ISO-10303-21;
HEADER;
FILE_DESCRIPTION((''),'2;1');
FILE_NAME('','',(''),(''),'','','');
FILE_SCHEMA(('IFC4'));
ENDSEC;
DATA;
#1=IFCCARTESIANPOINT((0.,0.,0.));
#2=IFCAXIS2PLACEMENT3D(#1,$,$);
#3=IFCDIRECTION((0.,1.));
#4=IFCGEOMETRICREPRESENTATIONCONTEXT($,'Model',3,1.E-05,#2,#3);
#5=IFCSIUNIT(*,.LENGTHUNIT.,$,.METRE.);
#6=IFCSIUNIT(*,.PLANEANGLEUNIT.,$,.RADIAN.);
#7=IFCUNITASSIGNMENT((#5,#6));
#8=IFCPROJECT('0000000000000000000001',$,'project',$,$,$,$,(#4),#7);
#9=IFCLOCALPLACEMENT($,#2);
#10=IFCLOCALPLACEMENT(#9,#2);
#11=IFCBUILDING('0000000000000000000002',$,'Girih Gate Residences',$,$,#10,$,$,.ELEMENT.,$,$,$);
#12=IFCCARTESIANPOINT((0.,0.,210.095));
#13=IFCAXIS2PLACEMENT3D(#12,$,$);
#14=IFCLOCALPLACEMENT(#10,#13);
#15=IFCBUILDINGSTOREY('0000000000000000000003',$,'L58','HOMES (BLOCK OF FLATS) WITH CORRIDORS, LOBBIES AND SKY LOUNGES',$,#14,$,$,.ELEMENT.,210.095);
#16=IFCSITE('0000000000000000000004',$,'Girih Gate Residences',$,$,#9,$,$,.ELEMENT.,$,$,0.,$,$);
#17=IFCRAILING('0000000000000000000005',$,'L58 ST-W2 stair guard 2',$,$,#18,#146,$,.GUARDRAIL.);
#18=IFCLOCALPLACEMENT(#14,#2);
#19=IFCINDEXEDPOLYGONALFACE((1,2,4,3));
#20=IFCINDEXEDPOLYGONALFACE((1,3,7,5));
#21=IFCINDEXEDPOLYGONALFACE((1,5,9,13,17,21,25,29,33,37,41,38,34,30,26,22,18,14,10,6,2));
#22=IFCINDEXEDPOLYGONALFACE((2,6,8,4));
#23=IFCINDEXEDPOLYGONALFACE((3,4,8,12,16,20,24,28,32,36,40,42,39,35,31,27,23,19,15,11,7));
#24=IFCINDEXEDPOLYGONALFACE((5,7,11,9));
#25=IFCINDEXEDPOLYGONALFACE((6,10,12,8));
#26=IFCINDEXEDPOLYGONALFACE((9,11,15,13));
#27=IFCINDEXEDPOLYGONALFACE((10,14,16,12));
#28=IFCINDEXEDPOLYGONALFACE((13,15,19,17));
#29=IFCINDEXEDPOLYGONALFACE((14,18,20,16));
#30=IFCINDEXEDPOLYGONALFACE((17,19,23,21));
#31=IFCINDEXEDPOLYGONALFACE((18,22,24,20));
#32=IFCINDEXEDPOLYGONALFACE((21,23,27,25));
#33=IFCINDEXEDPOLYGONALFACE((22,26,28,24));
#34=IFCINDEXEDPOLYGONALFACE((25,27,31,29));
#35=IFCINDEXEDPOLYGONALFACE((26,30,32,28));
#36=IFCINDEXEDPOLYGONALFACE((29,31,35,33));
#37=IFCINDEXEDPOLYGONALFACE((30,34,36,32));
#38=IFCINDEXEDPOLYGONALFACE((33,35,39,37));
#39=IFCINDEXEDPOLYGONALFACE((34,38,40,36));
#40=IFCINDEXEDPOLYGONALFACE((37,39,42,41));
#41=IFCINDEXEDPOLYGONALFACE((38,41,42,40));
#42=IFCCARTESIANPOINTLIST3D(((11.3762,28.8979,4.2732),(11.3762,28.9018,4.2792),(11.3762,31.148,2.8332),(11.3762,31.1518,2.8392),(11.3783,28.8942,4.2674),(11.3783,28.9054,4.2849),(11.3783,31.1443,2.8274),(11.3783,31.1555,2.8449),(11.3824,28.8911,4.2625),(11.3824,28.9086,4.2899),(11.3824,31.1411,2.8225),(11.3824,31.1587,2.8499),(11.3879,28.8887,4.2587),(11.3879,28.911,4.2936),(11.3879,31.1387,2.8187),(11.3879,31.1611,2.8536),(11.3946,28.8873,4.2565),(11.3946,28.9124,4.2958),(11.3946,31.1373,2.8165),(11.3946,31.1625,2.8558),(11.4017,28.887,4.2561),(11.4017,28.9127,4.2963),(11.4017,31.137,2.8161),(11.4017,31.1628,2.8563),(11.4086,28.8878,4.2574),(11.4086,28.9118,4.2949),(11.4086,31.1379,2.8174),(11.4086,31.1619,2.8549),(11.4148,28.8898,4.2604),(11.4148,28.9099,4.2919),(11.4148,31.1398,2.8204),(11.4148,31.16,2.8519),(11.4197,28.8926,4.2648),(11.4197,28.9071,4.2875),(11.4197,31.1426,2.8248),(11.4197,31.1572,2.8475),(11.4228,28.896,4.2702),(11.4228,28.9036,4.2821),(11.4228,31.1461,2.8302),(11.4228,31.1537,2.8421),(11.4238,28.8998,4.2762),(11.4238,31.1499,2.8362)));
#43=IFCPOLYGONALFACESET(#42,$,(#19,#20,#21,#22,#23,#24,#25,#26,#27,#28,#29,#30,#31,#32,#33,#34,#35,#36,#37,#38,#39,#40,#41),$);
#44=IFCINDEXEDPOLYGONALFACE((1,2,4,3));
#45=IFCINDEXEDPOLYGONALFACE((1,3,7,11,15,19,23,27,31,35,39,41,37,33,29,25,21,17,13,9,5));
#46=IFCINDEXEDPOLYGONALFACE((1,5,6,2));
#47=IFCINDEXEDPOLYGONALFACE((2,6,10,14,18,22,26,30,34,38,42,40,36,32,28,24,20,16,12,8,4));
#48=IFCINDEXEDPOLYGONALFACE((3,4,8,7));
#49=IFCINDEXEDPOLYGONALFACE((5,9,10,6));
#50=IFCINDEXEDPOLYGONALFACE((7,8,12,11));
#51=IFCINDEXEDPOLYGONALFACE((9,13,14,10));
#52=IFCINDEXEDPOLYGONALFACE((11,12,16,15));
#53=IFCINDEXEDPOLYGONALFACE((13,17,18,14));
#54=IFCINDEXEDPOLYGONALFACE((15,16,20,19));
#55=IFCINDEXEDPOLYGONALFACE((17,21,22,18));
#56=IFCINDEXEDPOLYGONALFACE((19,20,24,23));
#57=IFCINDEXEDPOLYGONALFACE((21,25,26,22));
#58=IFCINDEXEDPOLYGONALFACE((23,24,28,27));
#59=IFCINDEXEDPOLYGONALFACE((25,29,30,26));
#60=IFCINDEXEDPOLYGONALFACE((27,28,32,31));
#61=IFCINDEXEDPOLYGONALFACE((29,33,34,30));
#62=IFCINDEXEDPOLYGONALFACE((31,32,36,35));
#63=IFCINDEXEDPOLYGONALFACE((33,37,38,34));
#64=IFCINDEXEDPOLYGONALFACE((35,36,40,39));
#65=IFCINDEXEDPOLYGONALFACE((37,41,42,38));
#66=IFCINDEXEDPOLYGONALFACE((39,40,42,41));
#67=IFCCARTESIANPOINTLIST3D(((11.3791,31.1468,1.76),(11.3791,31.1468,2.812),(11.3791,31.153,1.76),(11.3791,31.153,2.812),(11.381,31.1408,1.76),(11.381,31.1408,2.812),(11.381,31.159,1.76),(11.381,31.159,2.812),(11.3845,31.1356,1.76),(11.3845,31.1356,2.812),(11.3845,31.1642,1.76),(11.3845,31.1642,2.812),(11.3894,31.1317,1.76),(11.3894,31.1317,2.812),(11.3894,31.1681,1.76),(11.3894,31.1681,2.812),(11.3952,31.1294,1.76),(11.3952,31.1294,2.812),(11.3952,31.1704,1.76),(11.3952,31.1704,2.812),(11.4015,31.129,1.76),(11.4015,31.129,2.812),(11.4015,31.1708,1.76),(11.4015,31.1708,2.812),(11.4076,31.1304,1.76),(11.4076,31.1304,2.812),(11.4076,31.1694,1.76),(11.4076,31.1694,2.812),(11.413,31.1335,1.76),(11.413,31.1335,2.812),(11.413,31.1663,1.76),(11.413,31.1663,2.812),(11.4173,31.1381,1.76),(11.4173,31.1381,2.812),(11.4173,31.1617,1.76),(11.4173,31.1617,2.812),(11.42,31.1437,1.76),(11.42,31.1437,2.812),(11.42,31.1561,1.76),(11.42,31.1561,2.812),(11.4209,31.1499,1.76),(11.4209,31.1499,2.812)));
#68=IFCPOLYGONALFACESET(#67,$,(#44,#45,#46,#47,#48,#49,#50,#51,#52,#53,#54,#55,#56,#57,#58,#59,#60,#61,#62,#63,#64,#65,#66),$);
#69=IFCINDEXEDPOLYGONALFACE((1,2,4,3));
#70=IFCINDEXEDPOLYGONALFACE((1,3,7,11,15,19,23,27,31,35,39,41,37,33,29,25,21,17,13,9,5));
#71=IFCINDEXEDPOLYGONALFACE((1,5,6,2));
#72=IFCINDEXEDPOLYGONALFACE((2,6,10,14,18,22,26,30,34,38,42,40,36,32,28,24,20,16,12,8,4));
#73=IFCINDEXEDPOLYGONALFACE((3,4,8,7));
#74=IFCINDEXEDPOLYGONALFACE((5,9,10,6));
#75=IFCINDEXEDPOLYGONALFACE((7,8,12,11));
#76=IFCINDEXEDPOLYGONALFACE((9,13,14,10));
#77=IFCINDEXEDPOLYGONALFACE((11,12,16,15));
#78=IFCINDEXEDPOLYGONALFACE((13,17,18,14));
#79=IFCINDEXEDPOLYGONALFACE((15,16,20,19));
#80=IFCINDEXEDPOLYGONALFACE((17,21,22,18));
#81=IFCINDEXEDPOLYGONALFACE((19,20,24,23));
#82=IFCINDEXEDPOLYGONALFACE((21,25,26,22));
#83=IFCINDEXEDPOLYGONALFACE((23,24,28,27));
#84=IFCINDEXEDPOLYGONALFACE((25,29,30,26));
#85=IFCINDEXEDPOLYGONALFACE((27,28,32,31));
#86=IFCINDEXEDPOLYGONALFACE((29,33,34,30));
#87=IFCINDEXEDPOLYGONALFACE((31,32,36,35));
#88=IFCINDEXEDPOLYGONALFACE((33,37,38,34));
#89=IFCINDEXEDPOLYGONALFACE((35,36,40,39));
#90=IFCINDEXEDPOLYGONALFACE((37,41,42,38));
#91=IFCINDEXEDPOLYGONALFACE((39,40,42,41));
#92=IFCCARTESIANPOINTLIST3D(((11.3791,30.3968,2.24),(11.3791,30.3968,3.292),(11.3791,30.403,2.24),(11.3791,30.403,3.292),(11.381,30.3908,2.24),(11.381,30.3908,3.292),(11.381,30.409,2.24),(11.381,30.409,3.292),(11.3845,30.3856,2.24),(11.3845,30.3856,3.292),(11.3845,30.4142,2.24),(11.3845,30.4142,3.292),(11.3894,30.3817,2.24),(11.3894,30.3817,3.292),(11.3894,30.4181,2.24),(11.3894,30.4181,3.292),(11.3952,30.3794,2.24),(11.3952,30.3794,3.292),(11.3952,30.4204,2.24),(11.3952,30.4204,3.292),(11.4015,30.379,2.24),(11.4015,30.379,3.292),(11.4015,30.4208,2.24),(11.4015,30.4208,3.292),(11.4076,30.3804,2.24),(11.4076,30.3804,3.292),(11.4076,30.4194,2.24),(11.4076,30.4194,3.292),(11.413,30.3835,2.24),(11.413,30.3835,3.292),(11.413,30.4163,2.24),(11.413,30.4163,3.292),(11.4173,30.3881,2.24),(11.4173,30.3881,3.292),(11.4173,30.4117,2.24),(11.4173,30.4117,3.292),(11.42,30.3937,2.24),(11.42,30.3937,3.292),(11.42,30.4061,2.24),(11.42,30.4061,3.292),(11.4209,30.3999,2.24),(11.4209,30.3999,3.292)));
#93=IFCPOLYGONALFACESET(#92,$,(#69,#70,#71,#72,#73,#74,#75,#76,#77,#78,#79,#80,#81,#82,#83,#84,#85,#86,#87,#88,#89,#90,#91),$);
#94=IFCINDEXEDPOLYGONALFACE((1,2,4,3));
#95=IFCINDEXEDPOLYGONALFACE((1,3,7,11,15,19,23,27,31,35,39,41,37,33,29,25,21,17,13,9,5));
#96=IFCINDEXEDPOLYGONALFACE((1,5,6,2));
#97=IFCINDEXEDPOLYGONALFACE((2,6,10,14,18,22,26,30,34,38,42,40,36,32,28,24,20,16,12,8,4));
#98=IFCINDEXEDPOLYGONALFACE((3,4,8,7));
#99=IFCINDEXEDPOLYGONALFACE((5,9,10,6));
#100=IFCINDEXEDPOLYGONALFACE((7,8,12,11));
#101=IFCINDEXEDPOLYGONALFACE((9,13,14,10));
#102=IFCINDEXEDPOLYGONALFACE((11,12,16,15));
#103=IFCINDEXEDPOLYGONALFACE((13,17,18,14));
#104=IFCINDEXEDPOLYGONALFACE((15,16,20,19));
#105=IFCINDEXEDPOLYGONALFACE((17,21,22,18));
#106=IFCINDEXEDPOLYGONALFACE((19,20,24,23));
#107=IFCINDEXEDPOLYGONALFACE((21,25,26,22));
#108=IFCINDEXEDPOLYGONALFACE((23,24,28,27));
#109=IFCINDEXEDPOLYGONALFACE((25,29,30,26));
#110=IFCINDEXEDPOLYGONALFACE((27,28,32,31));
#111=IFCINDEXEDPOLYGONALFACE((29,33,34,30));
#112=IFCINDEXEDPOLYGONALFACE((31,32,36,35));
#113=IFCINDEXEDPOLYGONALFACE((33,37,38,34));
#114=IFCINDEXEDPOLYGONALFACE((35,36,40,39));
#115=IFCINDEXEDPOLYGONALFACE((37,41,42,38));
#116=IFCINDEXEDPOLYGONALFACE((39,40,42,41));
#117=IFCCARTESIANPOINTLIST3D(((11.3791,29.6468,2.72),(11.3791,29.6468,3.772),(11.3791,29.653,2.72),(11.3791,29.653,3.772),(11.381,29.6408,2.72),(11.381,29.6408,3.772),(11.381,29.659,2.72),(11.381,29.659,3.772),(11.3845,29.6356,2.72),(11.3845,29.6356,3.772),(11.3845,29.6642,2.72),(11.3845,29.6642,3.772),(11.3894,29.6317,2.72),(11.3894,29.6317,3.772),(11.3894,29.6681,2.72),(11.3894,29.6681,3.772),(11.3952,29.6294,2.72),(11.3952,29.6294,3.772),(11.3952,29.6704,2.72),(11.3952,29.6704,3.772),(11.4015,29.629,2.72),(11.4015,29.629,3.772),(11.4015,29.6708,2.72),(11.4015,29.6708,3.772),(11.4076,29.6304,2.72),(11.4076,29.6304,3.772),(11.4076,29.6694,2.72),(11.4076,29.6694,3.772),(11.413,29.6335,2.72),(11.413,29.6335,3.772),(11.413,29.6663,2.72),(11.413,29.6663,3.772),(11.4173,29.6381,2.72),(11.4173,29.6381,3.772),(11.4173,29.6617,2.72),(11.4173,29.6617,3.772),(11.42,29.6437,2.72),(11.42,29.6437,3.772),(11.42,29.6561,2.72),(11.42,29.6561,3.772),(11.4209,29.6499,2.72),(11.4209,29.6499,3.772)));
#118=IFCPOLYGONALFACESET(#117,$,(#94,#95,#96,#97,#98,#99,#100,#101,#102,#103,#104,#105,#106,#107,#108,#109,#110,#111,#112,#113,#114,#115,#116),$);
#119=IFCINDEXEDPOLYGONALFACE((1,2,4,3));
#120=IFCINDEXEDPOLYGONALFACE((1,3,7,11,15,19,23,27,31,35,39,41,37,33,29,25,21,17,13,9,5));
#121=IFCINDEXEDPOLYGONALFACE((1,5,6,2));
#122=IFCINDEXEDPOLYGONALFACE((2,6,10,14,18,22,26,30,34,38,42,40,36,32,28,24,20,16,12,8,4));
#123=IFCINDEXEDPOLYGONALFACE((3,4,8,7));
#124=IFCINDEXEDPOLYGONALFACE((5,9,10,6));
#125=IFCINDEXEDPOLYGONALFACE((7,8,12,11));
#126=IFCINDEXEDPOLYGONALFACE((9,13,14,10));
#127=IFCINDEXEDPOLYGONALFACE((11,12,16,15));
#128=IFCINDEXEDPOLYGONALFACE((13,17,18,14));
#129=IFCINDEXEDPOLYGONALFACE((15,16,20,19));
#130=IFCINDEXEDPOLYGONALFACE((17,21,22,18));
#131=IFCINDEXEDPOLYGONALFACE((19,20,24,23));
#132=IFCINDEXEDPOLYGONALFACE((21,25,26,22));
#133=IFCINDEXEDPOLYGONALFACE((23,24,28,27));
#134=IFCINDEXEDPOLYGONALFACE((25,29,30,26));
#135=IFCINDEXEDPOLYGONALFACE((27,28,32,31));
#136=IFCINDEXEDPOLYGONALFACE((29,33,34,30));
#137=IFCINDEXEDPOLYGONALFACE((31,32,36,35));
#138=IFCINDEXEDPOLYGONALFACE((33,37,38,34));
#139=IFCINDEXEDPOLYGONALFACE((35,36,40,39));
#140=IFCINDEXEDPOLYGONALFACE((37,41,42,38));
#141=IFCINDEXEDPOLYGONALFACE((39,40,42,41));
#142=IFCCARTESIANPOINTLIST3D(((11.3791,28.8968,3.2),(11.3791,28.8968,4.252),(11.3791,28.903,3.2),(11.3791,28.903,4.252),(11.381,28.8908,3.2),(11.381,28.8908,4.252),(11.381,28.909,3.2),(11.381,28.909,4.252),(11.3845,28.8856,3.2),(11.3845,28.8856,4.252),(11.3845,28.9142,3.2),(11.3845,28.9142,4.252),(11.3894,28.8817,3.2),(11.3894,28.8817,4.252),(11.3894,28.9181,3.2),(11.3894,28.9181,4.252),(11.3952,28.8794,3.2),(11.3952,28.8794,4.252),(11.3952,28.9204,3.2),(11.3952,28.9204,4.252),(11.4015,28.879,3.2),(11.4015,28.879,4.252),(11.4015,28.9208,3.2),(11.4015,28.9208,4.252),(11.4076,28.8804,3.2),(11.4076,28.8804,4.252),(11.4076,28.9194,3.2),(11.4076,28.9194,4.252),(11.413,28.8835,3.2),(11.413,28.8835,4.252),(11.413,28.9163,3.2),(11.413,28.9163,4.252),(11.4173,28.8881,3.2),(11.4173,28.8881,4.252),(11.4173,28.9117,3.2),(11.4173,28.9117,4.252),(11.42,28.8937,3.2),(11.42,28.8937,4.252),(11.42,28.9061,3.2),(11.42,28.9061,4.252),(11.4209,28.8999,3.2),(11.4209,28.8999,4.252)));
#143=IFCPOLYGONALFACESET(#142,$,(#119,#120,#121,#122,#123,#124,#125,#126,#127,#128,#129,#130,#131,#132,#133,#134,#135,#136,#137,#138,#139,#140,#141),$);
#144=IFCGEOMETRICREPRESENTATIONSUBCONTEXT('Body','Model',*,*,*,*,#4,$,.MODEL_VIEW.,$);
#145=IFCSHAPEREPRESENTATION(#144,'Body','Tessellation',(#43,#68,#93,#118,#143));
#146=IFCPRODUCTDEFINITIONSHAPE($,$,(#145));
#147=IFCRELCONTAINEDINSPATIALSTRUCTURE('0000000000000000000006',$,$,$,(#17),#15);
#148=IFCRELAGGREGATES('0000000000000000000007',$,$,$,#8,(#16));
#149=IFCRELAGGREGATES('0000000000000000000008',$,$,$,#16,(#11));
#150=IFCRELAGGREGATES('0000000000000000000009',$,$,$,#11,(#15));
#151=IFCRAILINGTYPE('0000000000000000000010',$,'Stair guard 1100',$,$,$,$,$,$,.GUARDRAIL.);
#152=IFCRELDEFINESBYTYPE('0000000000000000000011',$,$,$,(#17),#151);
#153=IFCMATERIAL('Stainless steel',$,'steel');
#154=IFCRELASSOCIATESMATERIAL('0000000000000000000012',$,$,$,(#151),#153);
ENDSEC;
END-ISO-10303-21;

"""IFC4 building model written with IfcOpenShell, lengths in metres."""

from ifc_helpers import new_model, si_unit, direction, frame, origin, origin_2d, place, context, subcontext, project, spatial, circle, extrude, material, type_object, element, save


model = new_model("IFC4")

# Units and contexts
model_context = context("Model", 3, precision=1e-05, world=origin(), true_north=direction((0.0, 1.0)))
body_context = subcontext(model_context, "Body", "Model", "MODEL_VIEW")
ifc_project = project(units=[si_unit("LENGTHUNIT", "METRE"), si_unit("PLANEANGLEUNIT", "RADIAN")], contexts=[model_context])

# Site, building, storey
site_placement = place(None, origin())
site = spatial("IfcSite", under=ifc_project, at=site_placement, Name="Girih Gate Residences", CompositionType="ELEMENT", RefElevation=0.0)
building_placement = place(site_placement, origin())
building = spatial("IfcBuilding", under=site, at=building_placement, Name="Girih Gate Residences", CompositionType="ELEMENT")
storey_placement = place(building_placement, frame((0.0, 0.0, 210.095)))
storey = spatial("IfcBuildingStorey", under=building, at=storey_placement, Name="L58", Description="HOMES (BLOCK OF FLATS) WITH CORRIDORS, LOBBIES AND SKY LOUNGES", CompositionType="ELEMENT", Elevation=210.095)

# Railing
ifc_material_1 = material(Name="Stainless steel", Category="steel")
railing_type_1 = type_object("IfcRailingType", Name="Stair guard 1100", PredefinedType="GUARDRAIL", material=ifc_material_1)
railing_1_placement = place(storey_placement, frame((11.3999, 31.1499, 1.76)))
element("IfcRailing", 1, at=railing_1_placement, inside=storey, type_object=railing_type_1, Name="L58 ST-W2 stair guard 2", PredefinedType="GUARDRAIL", context=body_context, shape_type="SweptSolid", body=[
    extrude(circle(Radius=0.0239, at=origin_2d()), frame((0.0, 0.0, 1.0762), z_axis=(0.0, -0.842281, 0.539038), x_axis=(1.0, 0.0, 0.0)), (0.0, 0.0, 1.0), 2.6714),
    extrude(circle(Radius=0.021, at=origin_2d()), origin(), (0.0, 0.0, 1.0), 1.052),
    extrude(circle(Radius=0.021, at=origin_2d()), frame((0.0, -0.75, 0.48)), (0.0, 0.0, 1.0), 1.052),
    extrude(circle(Radius=0.021, at=origin_2d()), frame((0.0, -1.5, 0.96)), (0.0, 0.0, 1.0), 1.052),
    extrude(circle(Radius=0.021, at=origin_2d()), frame((0.0, -2.25, 1.4399)), (0.0, 0.0, 1.0), 1.052),
])

save(model, "model.ifc")
